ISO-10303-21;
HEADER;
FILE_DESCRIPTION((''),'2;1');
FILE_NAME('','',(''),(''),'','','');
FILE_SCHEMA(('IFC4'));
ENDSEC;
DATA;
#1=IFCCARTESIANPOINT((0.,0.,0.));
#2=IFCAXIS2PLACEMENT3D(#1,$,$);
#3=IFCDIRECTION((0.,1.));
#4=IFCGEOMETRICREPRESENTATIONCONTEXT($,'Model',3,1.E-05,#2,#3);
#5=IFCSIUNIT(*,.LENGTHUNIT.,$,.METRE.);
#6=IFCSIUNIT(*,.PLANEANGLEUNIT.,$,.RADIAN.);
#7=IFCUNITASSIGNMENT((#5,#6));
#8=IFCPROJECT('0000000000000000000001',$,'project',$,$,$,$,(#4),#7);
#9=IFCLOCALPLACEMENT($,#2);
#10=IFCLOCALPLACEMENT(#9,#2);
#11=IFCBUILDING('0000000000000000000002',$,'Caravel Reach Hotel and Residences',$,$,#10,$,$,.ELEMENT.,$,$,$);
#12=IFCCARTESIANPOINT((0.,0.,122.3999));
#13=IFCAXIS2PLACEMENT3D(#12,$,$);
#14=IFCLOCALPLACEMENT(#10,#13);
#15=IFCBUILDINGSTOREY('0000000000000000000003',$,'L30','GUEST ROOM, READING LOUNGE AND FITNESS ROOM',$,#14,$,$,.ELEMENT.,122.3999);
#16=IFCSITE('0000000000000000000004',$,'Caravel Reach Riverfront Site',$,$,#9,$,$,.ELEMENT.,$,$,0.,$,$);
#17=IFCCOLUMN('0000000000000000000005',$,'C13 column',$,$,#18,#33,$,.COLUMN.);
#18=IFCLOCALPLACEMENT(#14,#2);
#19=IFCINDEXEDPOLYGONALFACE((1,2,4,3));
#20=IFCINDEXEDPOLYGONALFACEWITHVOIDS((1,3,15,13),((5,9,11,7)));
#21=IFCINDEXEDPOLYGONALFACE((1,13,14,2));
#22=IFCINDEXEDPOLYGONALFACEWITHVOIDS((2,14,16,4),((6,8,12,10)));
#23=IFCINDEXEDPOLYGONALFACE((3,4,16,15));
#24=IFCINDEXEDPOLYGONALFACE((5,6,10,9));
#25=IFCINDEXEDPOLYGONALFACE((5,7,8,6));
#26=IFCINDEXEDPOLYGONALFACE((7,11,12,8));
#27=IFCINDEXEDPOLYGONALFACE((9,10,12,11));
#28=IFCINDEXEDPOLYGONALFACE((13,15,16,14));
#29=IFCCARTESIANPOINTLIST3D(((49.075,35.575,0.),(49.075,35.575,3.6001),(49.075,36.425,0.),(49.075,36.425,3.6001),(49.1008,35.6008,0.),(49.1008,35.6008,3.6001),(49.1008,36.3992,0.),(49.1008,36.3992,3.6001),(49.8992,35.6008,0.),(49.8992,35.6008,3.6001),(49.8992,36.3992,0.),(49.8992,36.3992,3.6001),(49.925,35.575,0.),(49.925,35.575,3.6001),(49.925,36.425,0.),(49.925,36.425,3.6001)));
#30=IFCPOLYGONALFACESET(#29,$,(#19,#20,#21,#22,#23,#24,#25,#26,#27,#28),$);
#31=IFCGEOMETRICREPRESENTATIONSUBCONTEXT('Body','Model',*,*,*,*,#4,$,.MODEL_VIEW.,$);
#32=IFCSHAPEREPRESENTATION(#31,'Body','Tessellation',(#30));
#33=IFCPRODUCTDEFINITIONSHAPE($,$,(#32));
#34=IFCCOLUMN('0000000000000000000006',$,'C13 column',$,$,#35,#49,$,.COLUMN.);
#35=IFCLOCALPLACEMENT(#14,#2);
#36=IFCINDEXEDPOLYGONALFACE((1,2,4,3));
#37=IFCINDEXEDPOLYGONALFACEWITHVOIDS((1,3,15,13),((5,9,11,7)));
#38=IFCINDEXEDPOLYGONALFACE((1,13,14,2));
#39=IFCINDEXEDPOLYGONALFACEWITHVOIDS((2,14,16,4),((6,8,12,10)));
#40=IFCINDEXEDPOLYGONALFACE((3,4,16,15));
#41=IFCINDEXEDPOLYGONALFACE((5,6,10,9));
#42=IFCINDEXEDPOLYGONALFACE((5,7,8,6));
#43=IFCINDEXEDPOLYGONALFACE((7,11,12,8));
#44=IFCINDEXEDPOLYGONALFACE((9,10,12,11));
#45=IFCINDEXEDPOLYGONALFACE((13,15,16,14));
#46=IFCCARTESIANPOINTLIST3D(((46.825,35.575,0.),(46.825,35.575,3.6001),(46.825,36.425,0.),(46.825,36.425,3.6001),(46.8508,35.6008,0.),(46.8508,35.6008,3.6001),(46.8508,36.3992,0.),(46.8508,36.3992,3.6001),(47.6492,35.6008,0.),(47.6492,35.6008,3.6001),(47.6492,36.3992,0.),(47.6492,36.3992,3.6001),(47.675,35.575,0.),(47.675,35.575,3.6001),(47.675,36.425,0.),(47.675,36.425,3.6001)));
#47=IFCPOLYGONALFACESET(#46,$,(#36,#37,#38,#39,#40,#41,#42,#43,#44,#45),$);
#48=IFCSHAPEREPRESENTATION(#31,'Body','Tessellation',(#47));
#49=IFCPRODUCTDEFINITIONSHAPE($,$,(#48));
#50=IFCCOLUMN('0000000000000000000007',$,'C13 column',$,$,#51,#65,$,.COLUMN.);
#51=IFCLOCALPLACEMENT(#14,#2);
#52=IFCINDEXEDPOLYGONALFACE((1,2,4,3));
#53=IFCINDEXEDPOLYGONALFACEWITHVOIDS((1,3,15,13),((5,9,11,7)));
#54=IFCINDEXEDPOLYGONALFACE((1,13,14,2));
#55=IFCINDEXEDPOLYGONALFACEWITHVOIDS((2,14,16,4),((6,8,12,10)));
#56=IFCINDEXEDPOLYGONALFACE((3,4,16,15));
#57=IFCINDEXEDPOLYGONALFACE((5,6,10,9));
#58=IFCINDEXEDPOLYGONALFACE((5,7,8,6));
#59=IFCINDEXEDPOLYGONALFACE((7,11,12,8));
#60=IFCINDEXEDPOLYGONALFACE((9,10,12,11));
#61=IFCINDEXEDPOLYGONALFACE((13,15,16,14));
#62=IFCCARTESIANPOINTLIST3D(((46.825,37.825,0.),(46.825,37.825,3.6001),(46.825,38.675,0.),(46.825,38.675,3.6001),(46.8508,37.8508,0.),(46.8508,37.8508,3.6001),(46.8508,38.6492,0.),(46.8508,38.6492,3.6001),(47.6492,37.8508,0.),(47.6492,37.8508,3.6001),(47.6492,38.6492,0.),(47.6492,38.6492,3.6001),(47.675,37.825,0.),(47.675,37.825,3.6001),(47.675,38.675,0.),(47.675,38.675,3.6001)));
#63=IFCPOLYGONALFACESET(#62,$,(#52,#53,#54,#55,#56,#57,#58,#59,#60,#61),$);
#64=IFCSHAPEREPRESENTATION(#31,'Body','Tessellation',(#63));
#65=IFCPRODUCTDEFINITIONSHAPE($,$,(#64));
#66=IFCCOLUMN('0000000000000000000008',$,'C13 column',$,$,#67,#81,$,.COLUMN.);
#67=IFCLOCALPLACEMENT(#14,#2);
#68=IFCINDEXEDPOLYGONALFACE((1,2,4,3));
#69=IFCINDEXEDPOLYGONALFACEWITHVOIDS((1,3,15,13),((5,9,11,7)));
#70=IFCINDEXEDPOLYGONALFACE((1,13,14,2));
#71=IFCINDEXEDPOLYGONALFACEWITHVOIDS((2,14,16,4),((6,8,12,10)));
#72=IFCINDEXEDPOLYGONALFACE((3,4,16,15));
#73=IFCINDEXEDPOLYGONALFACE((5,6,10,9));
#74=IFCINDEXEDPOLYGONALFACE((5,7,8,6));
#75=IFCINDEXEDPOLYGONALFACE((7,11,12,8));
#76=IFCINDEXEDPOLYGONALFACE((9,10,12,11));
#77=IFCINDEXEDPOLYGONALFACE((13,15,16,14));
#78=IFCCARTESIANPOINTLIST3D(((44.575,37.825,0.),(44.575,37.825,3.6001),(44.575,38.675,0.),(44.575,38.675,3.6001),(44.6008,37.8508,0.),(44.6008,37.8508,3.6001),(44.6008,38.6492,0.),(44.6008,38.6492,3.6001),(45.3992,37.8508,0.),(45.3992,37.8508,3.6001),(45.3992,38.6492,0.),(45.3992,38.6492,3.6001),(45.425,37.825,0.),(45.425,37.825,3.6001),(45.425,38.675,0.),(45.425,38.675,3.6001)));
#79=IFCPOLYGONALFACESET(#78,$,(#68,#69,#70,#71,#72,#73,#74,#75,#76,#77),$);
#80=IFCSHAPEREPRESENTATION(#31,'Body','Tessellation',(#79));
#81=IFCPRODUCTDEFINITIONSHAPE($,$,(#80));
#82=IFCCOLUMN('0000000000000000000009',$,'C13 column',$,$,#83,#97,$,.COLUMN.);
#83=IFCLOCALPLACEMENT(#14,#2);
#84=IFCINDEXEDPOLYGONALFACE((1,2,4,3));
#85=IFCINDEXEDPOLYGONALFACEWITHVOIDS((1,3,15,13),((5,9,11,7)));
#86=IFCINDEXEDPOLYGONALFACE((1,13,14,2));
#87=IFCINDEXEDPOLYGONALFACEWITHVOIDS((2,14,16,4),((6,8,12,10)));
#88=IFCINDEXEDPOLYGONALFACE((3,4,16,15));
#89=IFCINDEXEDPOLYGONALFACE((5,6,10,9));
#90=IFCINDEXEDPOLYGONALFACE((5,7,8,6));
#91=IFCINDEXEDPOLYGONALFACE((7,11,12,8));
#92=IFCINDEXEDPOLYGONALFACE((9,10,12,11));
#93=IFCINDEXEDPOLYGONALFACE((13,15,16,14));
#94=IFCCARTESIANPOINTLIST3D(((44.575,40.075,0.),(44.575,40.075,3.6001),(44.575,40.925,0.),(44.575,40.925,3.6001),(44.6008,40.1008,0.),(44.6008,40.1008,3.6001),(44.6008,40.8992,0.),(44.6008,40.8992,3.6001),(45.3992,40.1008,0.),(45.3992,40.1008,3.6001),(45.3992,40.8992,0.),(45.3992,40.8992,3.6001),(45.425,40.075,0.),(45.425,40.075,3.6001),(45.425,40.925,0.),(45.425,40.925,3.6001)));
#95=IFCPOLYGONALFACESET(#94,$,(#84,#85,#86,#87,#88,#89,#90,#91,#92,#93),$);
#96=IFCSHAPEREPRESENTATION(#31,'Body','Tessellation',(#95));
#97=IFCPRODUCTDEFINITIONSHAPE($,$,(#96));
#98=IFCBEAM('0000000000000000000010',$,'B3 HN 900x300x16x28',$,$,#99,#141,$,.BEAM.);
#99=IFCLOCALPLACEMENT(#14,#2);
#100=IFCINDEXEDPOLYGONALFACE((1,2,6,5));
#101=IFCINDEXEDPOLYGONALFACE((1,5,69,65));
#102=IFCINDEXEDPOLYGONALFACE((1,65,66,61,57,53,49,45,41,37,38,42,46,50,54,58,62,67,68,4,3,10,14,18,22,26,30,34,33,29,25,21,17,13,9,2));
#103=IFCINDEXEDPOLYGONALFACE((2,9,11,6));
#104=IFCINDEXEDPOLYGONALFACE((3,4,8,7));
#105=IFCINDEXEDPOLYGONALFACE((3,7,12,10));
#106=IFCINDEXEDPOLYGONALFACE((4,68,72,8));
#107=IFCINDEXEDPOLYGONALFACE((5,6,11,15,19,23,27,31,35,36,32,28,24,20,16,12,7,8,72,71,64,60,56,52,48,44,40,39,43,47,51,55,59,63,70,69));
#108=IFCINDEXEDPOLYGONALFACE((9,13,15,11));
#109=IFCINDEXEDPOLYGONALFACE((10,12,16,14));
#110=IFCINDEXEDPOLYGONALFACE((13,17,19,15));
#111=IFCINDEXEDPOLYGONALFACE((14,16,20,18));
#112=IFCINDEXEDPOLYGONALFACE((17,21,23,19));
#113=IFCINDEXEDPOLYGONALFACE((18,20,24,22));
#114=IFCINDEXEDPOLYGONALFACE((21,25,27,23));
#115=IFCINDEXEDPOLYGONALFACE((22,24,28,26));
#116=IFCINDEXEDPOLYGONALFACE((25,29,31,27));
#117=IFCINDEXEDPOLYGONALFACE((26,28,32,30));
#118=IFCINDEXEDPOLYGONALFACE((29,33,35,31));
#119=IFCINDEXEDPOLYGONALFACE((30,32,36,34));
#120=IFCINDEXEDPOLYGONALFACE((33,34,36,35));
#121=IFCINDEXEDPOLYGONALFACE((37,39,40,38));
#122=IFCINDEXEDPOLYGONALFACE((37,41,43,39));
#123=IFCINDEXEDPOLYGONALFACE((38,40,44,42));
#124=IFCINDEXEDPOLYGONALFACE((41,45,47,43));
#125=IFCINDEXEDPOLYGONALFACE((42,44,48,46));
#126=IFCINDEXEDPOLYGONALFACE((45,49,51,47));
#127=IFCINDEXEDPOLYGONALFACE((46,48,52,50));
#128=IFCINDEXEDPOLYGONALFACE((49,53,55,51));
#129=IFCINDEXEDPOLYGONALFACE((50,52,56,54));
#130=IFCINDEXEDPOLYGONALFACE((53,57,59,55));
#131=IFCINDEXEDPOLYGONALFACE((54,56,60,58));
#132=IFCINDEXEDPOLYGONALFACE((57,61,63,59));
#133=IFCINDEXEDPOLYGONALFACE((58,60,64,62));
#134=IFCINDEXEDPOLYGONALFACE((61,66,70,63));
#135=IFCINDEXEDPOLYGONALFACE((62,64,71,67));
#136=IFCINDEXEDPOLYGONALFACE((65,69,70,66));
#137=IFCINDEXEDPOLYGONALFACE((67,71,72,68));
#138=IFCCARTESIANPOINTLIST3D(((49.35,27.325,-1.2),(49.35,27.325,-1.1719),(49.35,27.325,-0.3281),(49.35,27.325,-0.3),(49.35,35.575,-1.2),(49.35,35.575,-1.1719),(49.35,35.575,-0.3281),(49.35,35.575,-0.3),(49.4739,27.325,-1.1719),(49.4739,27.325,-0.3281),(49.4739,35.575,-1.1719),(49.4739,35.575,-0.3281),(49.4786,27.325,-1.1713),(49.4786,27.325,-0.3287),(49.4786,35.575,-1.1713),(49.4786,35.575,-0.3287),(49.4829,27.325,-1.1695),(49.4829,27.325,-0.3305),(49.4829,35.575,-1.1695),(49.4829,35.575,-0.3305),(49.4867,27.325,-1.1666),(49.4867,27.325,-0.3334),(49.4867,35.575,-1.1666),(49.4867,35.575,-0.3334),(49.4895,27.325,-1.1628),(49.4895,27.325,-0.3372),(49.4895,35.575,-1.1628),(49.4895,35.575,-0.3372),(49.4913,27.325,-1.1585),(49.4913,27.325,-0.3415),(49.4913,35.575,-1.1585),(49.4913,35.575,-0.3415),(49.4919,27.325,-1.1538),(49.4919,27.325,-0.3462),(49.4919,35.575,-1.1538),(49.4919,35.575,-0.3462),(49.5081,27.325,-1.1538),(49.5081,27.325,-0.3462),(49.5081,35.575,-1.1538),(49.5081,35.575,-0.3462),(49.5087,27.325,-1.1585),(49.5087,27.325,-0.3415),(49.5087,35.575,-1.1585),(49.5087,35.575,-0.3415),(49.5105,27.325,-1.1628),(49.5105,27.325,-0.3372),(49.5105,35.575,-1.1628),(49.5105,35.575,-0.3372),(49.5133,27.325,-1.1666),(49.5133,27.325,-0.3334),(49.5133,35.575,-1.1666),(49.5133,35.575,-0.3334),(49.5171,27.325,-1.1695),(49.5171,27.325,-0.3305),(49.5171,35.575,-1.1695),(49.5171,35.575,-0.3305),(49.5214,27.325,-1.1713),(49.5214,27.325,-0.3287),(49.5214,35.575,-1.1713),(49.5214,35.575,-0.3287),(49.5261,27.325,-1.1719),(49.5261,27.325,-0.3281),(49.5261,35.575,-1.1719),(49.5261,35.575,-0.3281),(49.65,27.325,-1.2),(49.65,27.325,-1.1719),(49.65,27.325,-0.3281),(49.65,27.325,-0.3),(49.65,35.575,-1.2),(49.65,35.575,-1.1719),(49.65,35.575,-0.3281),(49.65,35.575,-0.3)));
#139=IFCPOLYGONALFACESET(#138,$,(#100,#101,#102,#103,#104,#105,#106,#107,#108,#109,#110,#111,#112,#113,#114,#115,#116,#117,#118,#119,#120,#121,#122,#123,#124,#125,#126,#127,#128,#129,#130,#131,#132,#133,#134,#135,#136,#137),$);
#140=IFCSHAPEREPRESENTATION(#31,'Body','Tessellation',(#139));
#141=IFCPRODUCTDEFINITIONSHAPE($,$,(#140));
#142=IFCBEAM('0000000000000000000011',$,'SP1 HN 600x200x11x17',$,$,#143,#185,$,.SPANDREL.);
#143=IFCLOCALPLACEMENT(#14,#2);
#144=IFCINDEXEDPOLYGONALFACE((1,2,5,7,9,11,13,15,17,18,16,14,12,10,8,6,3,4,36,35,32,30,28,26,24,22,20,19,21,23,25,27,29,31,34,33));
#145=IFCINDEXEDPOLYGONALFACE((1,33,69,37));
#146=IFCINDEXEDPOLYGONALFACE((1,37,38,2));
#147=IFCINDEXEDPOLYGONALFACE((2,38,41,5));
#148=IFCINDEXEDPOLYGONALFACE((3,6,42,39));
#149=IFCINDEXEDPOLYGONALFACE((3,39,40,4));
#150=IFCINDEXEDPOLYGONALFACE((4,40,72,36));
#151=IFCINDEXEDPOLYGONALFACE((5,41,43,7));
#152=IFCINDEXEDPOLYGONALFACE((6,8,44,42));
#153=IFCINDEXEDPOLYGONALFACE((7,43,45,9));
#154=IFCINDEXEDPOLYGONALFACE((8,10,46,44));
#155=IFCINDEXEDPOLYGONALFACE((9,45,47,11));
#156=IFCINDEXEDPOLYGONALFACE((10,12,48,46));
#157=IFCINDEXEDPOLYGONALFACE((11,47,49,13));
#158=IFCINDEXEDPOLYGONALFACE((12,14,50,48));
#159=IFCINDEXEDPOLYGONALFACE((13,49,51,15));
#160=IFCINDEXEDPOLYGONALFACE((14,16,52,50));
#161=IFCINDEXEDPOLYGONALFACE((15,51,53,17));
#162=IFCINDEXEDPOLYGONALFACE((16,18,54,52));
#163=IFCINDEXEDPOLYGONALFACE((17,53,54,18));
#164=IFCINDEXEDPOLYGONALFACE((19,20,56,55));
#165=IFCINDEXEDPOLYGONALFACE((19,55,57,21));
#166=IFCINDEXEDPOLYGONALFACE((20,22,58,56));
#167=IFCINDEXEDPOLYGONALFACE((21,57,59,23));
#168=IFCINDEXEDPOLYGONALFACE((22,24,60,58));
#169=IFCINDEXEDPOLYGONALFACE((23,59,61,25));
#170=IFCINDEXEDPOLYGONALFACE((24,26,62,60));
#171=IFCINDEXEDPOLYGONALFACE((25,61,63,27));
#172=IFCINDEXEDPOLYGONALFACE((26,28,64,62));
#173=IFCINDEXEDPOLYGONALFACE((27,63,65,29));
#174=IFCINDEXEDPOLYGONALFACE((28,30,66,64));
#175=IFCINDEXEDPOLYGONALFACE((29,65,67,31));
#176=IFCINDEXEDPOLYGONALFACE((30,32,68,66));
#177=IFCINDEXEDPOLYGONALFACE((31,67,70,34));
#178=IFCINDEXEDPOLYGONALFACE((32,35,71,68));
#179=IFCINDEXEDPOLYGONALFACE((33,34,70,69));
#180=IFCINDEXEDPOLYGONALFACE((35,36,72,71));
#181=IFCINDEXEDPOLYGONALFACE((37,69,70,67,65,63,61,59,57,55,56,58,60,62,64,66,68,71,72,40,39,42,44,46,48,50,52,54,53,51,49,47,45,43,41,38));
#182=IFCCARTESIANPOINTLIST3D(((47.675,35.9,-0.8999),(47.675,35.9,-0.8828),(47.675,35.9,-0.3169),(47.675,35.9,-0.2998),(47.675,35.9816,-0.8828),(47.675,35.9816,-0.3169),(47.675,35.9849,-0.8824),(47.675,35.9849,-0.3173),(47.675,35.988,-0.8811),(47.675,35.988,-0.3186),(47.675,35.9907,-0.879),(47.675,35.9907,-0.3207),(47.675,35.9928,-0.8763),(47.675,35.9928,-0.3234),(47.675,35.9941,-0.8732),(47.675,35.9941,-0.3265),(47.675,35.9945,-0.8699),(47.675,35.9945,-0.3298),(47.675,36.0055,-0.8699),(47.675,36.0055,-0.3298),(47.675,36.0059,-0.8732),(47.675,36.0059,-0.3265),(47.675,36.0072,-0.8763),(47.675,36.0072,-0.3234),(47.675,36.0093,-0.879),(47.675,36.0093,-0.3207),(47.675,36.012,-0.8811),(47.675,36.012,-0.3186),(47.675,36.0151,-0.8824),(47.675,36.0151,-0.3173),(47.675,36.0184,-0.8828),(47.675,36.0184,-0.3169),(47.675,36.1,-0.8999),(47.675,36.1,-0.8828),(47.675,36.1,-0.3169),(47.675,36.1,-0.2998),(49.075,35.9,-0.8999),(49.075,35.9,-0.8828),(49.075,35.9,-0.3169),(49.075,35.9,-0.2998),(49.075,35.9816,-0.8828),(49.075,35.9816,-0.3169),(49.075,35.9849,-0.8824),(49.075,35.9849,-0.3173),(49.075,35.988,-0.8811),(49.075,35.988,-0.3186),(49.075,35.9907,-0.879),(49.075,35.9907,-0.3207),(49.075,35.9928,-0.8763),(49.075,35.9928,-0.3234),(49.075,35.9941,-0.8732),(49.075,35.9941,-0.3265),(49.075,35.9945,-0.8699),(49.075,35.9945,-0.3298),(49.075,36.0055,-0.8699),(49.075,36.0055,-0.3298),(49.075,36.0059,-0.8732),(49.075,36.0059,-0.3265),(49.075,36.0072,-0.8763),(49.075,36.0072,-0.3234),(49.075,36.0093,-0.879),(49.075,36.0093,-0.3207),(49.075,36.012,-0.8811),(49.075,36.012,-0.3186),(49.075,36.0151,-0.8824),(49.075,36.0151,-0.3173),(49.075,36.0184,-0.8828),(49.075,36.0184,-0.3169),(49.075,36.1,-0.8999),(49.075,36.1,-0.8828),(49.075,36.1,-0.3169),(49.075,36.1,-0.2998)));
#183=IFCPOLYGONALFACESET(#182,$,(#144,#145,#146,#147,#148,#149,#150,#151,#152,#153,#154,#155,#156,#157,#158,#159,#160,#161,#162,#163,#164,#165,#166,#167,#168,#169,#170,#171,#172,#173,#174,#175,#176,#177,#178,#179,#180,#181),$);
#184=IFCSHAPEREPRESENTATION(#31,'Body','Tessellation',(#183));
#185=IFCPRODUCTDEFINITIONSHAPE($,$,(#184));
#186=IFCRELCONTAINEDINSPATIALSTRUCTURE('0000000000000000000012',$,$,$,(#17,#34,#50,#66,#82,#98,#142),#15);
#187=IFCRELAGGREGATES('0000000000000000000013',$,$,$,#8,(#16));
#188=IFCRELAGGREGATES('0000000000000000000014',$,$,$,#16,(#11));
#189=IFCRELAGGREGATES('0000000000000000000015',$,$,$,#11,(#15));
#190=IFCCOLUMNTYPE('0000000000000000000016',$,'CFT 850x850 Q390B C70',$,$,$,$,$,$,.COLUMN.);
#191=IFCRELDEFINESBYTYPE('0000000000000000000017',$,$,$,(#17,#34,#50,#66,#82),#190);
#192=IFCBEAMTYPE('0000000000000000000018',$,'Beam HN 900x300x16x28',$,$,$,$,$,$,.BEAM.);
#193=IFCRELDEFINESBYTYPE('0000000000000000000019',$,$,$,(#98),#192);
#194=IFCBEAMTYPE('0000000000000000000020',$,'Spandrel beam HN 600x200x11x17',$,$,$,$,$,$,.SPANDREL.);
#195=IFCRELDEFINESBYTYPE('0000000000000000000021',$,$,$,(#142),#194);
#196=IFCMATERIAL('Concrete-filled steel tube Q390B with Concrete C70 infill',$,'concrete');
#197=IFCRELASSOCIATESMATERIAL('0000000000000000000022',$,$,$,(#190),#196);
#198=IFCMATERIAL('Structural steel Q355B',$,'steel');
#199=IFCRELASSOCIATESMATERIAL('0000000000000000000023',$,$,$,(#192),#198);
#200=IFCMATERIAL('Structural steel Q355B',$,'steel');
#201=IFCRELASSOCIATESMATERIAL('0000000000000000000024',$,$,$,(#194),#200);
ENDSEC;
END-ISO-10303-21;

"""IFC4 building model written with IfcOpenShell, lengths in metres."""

from ifc_helpers import new_model, si_unit, direction, frame, origin, origin_2d, place, context, subcontext, project, spatial, hollow_rectangle, i_section, extrude, material, material_profile, profile_set, type_object, element, save


model = new_model("IFC4")

# Units and contexts
model_context = context("Model", 3, precision=1e-05, world=origin(), true_north=direction((0.0, 1.0)))
body_context = subcontext(model_context, "Body", "Model", "MODEL_VIEW")
ifc_project = project(units=[si_unit("LENGTHUNIT", "METRE"), si_unit("PLANEANGLEUNIT", "RADIAN")], contexts=[model_context])

# Site, building, storey
site_placement = place(None, origin())
site = spatial("IfcSite", under=ifc_project, at=site_placement, Name="Caravel Reach Riverfront Site", CompositionType="ELEMENT", RefElevation=0.0)
building_placement = place(site_placement, origin())
building = spatial("IfcBuilding", under=site, at=building_placement, Name="Caravel Reach Hotel and Residences", CompositionType="ELEMENT")
storey_placement = place(building_placement, frame((0.0, 0.0, 122.3999)))
storey = spatial("IfcBuildingStorey", under=building, at=storey_placement, Name="L30", Description="GUEST ROOM, READING LOUNGE AND FITNESS ROOM", CompositionType="ELEMENT", Elevation=122.3999)

# Columns
ifc_material_1 = material(Name="Concrete-filled steel tube Q390B with Concrete C70 infill", Category="concrete")
ifc_material_profile_1 = material_profile(ifc_material_1, hollow_rectangle(XDim=0.8501, YDim=0.8501, WallThickness=0.0259, at=origin_2d()), Name="RHS 850x850x26")
ifc_profile_set_1 = profile_set([ifc_material_profile_1], Name="Concrete-filled steel tube Q390B with Concrete C70 infill")
column_type = type_object("IfcColumnType", Name="CFT 850x850 Q390B C70", PredefinedType="COLUMN", material=ifc_profile_set_1)
for number, where, z_axis, x_axis, name in (
    (1, (49.5, 36.0, 0.0), (0.0, 0.0, 1.0), (1.0, 0.0, 0.0), "C13 column"),
    (2, (47.25, 36.0, 0.0), (0.0, 0.0, 1.0), (1.0, 0.0, 0.0), "C13 column"),
    (3, (47.25, 38.25, 0.0), (0.0, 0.0, 1.0), (1.0, 0.0, 0.0), "C13 column"),
    (4, (45.0, 38.25, 0.0), (0.0, 0.0, 1.0), (1.0, 0.0, 0.0), "C13 column"),
    (5, (45.0, 40.5, 0.0), (0.0, 0.0, 1.0), (1.0, 0.0, 0.0), "C13 column"),
):
    element("IfcColumn", number, at=place(storey_placement, frame(where, z_axis=z_axis, x_axis=x_axis)), inside=storey, type_object=column_type, Name=name, PredefinedType="COLUMN", context=body_context, shape_type="SweptSolid", body=[
        extrude(hollow_rectangle(XDim=0.8501, YDim=0.8501, WallThickness=0.0259, at=origin_2d()), origin(), (0.0, 0.0, 1.0), 3.6001),
    ])

# Beams
ifc_material_2 = material(Name="Structural steel Q355B", Category="steel")
ifc_material_profile_2 = material_profile(ifc_material_2, i_section(OverallWidth=0.3, OverallDepth=0.8999, WebThickness=0.0161, FlangeThickness=0.0281, FilletRadius=0.0181, at=origin_2d()), Name="HN 900x300x16x28")
ifc_profile_set_2 = profile_set([ifc_material_profile_2], Name="Structural steel Q355B")
beam_type_1 = type_object("IfcBeamType", Name="Beam HN 900x300x16x28", PredefinedType="BEAM", material=ifc_profile_set_2)
beam_placement = place(storey_placement, frame((49.5, 27.325, -0.75), z_axis=(0.0, 1.0, 0.0), x_axis=(-1.0, 0.0, 0.0)))
element("IfcBeam", 6, at=beam_placement, inside=storey, type_object=beam_type_1, Name="B3 HN 900x300x16x28", PredefinedType="BEAM", context=body_context, shape_type="SweptSolid", body=[
    extrude(i_section(OverallWidth=0.3, OverallDepth=0.8999, WebThickness=0.0161, FlangeThickness=0.0281, FilletRadius=0.0181, at=origin_2d()), origin(), (0.0, 0.0, 1.0), 8.25),
])
ifc_material_3 = material(Name="Structural steel Q355B", Category="steel")
ifc_material_profile_3 = material_profile(ifc_material_3, i_section(OverallWidth=0.2, OverallDepth=0.6001, WebThickness=0.011, FlangeThickness=0.0171, FilletRadius=0.0129, at=origin_2d()), Name="HN 600x200x11x17")
ifc_profile_set_3 = profile_set([ifc_material_profile_3], Name="Structural steel Q355B")
beam_type_2 = type_object("IfcBeamType", Name="Spandrel beam HN 600x200x11x17", PredefinedType="SPANDREL", material=ifc_profile_set_3)
for number, where, z_axis, x_axis, name in (
    (7, (49.075, 36.0, -0.5999), (-1.0, 0.0, 0.0), (0.0, -1.0, 0.0), "SP1 HN 600x200x11x17"),
):
    element("IfcBeam", number, at=place(storey_placement, frame(where, z_axis=z_axis, x_axis=x_axis)), inside=storey, type_object=beam_type_2, Name=name, PredefinedType="SPANDREL", context=body_context, shape_type="SweptSolid", body=[
        extrude(i_section(OverallWidth=0.2, OverallDepth=0.6001, WebThickness=0.011, FlangeThickness=0.0171, FilletRadius=0.0129, at=origin_2d()), origin(), (0.0, 0.0, 1.0), 1.3999),
    ])

save(model, "model.ifc")
